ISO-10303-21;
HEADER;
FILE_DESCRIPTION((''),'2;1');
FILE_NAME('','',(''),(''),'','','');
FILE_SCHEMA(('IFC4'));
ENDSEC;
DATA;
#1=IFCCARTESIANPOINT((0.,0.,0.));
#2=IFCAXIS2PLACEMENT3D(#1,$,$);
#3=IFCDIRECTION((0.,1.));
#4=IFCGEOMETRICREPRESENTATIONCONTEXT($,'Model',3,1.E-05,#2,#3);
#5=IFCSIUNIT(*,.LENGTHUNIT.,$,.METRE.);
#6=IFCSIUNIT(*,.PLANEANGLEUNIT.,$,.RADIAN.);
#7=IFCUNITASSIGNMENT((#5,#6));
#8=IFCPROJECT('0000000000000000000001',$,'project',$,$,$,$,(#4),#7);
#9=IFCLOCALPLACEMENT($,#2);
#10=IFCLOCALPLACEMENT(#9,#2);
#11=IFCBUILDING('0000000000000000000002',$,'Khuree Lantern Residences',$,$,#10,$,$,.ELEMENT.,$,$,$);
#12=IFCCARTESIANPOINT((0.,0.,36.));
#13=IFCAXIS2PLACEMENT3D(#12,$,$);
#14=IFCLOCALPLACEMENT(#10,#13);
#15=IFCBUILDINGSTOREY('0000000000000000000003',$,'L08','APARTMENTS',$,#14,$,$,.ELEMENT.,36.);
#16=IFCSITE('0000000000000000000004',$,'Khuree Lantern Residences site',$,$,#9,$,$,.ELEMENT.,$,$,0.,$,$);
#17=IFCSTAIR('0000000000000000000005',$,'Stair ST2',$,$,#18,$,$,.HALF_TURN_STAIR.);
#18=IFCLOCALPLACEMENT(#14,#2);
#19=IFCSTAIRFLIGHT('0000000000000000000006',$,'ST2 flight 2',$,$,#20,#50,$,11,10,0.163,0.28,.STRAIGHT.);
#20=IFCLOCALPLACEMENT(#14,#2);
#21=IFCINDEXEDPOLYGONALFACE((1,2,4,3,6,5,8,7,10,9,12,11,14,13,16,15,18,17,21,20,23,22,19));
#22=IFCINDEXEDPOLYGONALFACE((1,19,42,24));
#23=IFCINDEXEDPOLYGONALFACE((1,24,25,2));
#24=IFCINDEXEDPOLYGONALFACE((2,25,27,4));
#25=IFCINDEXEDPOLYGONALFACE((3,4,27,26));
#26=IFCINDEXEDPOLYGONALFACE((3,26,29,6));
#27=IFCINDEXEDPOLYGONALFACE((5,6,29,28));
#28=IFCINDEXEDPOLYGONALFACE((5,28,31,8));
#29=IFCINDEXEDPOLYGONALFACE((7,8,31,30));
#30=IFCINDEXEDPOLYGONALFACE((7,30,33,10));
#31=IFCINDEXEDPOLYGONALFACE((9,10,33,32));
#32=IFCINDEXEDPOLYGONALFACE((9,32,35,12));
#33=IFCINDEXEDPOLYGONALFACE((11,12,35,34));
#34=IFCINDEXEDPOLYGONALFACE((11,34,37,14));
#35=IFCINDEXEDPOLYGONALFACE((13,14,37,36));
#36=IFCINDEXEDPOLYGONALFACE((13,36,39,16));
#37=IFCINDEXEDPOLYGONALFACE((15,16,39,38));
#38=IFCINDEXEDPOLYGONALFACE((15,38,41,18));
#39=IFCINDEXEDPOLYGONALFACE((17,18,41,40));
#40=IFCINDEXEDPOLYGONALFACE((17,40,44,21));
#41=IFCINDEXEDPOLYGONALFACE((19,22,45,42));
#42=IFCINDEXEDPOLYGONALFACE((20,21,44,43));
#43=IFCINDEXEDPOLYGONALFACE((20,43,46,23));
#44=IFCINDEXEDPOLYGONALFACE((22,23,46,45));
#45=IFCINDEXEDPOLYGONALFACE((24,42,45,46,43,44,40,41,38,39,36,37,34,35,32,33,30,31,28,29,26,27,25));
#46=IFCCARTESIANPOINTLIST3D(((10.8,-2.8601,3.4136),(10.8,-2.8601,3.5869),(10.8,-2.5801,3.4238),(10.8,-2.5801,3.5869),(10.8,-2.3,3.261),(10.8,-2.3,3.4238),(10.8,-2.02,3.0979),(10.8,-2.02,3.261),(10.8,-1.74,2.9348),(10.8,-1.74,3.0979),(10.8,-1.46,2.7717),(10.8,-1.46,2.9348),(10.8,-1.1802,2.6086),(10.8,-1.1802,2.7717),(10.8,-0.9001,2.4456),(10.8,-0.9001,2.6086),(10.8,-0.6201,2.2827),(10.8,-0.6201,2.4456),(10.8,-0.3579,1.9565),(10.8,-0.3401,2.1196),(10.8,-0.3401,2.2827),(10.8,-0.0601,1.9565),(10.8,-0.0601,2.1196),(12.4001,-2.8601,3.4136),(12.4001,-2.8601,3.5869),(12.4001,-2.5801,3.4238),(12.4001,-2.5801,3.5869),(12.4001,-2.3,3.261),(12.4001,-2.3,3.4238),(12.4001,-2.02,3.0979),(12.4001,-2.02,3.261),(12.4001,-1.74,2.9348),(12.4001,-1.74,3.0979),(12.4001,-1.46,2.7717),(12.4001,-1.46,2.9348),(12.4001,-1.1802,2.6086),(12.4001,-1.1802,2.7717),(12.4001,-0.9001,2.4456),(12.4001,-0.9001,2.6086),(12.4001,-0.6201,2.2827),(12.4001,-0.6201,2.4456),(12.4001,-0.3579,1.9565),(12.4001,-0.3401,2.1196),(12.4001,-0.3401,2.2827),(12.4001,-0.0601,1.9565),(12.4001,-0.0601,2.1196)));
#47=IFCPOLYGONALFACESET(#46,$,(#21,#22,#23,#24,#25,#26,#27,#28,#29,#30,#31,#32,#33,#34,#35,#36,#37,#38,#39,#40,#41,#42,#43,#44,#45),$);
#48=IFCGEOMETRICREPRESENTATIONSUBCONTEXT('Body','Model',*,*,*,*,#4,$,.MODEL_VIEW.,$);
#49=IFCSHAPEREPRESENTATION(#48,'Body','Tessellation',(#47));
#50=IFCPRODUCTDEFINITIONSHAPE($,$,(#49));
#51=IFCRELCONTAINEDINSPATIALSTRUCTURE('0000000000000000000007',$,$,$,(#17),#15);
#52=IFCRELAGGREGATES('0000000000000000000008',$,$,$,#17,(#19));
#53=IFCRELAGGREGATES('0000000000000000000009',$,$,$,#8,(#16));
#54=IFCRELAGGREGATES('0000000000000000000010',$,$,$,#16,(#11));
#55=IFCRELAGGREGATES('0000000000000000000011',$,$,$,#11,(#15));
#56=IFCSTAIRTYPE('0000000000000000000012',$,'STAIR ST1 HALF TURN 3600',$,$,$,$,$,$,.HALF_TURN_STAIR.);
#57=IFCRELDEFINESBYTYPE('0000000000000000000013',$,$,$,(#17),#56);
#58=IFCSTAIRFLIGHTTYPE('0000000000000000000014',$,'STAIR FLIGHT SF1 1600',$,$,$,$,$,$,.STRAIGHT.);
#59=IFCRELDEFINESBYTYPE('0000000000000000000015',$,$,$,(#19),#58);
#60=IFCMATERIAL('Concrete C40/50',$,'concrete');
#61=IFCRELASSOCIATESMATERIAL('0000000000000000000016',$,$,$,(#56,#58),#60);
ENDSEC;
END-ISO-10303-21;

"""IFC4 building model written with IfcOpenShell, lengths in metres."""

from ifc_helpers import new_model, si_unit, direction, frame, origin, place, context, subcontext, project, spatial, polyline, outline, extrude, material, type_object, element, aggregate, save


model = new_model("IFC4")

# Units and contexts
model_context = context("Model", 3, precision=1e-05, world=origin(), true_north=direction((0.0, 1.0)))
body_context = subcontext(model_context, "Body", "Model", "MODEL_VIEW")
ifc_project = project(units=[si_unit("LENGTHUNIT", "METRE"), si_unit("PLANEANGLEUNIT", "RADIAN")], contexts=[model_context])

# Site, building, storey
site_placement = place(None, origin())
site = spatial("IfcSite", under=ifc_project, at=site_placement, Name="Khuree Lantern Residences site", CompositionType="ELEMENT", RefElevation=0.0)
building_placement = place(site_placement, origin())
building = spatial("IfcBuilding", under=site, at=building_placement, Name="Khuree Lantern Residences", CompositionType="ELEMENT")
storey_placement = place(building_placement, frame((0.0, 0.0, 36.0)))
storey = spatial("IfcBuildingStorey", under=building, at=storey_placement, Name="L08", Description="APARTMENTS", CompositionType="ELEMENT", Elevation=36.0)

# Stair
ifc_material_1 = material(Name="Concrete C40/50", Category="concrete")
stair_type = type_object("IfcStairType", Name="STAIR ST1 HALF TURN 3600", PredefinedType="HALF_TURN_STAIR", material=ifc_material_1)
stair_1_placement = place(storey_placement, origin())
stair_1 = element("IfcStair", 1, at=stair_1_placement, inside=storey, type_object=stair_type, Name="Stair ST2", PredefinedType="HALF_TURN_STAIR")

# Stair flight
stair_flight_type = type_object("IfcStairFlightType", Name="STAIR FLIGHT SF1 1600", PredefinedType="STRAIGHT", material=ifc_material_1)
stair_flight_placement = place(storey_placement, frame((11.6001, -0.0601, 1.9565), z_axis=(0.0, 0.0, 1.0), x_axis=(0.0, -1.0, 0.0)))
stair_flight = element("IfcStairFlight", 2, at=stair_flight_placement, type_object=stair_flight_type, Name="ST2 flight 2", NumberOfRisers=11, NumberOfTreads=10, PredefinedType="STRAIGHT", RiserHeight=0.163, TreadLength=0.28, context=body_context, shape_type="SweptSolid", body=[
    extrude(outline(polyline([(0.0, 0.0), (0.0, 0.1631), (0.28, 0.1631), (0.28, 0.3262), (0.5601, 0.3262), (0.5601, 0.489), (0.8401, 0.489), (0.8401, 0.6521), (1.1201, 0.6521), (1.1201, 0.8152), (1.3999, 0.8152), (1.3999, 0.9783), (1.6799, 0.9783), (1.6799, 1.1414), (1.96, 1.1414), (1.96, 1.3044), (2.24, 1.3044), (2.24, 1.4673), (2.52, 1.4673), (2.52, 1.6304), (2.8, 1.6304), (2.8, 1.7935), (2.8, 1.457), (0.2979, 0.0), (0.0, 0.0)])), frame((0.0, 0.8, 0.0), z_axis=(0.0, -1.0, 0.0), x_axis=(1.0, 0.0, 0.0)), (0.0, 0.0, 1.0), 1.6001),
])
aggregate(stair_1, [stair_flight])

save(model, "model.ifc")
